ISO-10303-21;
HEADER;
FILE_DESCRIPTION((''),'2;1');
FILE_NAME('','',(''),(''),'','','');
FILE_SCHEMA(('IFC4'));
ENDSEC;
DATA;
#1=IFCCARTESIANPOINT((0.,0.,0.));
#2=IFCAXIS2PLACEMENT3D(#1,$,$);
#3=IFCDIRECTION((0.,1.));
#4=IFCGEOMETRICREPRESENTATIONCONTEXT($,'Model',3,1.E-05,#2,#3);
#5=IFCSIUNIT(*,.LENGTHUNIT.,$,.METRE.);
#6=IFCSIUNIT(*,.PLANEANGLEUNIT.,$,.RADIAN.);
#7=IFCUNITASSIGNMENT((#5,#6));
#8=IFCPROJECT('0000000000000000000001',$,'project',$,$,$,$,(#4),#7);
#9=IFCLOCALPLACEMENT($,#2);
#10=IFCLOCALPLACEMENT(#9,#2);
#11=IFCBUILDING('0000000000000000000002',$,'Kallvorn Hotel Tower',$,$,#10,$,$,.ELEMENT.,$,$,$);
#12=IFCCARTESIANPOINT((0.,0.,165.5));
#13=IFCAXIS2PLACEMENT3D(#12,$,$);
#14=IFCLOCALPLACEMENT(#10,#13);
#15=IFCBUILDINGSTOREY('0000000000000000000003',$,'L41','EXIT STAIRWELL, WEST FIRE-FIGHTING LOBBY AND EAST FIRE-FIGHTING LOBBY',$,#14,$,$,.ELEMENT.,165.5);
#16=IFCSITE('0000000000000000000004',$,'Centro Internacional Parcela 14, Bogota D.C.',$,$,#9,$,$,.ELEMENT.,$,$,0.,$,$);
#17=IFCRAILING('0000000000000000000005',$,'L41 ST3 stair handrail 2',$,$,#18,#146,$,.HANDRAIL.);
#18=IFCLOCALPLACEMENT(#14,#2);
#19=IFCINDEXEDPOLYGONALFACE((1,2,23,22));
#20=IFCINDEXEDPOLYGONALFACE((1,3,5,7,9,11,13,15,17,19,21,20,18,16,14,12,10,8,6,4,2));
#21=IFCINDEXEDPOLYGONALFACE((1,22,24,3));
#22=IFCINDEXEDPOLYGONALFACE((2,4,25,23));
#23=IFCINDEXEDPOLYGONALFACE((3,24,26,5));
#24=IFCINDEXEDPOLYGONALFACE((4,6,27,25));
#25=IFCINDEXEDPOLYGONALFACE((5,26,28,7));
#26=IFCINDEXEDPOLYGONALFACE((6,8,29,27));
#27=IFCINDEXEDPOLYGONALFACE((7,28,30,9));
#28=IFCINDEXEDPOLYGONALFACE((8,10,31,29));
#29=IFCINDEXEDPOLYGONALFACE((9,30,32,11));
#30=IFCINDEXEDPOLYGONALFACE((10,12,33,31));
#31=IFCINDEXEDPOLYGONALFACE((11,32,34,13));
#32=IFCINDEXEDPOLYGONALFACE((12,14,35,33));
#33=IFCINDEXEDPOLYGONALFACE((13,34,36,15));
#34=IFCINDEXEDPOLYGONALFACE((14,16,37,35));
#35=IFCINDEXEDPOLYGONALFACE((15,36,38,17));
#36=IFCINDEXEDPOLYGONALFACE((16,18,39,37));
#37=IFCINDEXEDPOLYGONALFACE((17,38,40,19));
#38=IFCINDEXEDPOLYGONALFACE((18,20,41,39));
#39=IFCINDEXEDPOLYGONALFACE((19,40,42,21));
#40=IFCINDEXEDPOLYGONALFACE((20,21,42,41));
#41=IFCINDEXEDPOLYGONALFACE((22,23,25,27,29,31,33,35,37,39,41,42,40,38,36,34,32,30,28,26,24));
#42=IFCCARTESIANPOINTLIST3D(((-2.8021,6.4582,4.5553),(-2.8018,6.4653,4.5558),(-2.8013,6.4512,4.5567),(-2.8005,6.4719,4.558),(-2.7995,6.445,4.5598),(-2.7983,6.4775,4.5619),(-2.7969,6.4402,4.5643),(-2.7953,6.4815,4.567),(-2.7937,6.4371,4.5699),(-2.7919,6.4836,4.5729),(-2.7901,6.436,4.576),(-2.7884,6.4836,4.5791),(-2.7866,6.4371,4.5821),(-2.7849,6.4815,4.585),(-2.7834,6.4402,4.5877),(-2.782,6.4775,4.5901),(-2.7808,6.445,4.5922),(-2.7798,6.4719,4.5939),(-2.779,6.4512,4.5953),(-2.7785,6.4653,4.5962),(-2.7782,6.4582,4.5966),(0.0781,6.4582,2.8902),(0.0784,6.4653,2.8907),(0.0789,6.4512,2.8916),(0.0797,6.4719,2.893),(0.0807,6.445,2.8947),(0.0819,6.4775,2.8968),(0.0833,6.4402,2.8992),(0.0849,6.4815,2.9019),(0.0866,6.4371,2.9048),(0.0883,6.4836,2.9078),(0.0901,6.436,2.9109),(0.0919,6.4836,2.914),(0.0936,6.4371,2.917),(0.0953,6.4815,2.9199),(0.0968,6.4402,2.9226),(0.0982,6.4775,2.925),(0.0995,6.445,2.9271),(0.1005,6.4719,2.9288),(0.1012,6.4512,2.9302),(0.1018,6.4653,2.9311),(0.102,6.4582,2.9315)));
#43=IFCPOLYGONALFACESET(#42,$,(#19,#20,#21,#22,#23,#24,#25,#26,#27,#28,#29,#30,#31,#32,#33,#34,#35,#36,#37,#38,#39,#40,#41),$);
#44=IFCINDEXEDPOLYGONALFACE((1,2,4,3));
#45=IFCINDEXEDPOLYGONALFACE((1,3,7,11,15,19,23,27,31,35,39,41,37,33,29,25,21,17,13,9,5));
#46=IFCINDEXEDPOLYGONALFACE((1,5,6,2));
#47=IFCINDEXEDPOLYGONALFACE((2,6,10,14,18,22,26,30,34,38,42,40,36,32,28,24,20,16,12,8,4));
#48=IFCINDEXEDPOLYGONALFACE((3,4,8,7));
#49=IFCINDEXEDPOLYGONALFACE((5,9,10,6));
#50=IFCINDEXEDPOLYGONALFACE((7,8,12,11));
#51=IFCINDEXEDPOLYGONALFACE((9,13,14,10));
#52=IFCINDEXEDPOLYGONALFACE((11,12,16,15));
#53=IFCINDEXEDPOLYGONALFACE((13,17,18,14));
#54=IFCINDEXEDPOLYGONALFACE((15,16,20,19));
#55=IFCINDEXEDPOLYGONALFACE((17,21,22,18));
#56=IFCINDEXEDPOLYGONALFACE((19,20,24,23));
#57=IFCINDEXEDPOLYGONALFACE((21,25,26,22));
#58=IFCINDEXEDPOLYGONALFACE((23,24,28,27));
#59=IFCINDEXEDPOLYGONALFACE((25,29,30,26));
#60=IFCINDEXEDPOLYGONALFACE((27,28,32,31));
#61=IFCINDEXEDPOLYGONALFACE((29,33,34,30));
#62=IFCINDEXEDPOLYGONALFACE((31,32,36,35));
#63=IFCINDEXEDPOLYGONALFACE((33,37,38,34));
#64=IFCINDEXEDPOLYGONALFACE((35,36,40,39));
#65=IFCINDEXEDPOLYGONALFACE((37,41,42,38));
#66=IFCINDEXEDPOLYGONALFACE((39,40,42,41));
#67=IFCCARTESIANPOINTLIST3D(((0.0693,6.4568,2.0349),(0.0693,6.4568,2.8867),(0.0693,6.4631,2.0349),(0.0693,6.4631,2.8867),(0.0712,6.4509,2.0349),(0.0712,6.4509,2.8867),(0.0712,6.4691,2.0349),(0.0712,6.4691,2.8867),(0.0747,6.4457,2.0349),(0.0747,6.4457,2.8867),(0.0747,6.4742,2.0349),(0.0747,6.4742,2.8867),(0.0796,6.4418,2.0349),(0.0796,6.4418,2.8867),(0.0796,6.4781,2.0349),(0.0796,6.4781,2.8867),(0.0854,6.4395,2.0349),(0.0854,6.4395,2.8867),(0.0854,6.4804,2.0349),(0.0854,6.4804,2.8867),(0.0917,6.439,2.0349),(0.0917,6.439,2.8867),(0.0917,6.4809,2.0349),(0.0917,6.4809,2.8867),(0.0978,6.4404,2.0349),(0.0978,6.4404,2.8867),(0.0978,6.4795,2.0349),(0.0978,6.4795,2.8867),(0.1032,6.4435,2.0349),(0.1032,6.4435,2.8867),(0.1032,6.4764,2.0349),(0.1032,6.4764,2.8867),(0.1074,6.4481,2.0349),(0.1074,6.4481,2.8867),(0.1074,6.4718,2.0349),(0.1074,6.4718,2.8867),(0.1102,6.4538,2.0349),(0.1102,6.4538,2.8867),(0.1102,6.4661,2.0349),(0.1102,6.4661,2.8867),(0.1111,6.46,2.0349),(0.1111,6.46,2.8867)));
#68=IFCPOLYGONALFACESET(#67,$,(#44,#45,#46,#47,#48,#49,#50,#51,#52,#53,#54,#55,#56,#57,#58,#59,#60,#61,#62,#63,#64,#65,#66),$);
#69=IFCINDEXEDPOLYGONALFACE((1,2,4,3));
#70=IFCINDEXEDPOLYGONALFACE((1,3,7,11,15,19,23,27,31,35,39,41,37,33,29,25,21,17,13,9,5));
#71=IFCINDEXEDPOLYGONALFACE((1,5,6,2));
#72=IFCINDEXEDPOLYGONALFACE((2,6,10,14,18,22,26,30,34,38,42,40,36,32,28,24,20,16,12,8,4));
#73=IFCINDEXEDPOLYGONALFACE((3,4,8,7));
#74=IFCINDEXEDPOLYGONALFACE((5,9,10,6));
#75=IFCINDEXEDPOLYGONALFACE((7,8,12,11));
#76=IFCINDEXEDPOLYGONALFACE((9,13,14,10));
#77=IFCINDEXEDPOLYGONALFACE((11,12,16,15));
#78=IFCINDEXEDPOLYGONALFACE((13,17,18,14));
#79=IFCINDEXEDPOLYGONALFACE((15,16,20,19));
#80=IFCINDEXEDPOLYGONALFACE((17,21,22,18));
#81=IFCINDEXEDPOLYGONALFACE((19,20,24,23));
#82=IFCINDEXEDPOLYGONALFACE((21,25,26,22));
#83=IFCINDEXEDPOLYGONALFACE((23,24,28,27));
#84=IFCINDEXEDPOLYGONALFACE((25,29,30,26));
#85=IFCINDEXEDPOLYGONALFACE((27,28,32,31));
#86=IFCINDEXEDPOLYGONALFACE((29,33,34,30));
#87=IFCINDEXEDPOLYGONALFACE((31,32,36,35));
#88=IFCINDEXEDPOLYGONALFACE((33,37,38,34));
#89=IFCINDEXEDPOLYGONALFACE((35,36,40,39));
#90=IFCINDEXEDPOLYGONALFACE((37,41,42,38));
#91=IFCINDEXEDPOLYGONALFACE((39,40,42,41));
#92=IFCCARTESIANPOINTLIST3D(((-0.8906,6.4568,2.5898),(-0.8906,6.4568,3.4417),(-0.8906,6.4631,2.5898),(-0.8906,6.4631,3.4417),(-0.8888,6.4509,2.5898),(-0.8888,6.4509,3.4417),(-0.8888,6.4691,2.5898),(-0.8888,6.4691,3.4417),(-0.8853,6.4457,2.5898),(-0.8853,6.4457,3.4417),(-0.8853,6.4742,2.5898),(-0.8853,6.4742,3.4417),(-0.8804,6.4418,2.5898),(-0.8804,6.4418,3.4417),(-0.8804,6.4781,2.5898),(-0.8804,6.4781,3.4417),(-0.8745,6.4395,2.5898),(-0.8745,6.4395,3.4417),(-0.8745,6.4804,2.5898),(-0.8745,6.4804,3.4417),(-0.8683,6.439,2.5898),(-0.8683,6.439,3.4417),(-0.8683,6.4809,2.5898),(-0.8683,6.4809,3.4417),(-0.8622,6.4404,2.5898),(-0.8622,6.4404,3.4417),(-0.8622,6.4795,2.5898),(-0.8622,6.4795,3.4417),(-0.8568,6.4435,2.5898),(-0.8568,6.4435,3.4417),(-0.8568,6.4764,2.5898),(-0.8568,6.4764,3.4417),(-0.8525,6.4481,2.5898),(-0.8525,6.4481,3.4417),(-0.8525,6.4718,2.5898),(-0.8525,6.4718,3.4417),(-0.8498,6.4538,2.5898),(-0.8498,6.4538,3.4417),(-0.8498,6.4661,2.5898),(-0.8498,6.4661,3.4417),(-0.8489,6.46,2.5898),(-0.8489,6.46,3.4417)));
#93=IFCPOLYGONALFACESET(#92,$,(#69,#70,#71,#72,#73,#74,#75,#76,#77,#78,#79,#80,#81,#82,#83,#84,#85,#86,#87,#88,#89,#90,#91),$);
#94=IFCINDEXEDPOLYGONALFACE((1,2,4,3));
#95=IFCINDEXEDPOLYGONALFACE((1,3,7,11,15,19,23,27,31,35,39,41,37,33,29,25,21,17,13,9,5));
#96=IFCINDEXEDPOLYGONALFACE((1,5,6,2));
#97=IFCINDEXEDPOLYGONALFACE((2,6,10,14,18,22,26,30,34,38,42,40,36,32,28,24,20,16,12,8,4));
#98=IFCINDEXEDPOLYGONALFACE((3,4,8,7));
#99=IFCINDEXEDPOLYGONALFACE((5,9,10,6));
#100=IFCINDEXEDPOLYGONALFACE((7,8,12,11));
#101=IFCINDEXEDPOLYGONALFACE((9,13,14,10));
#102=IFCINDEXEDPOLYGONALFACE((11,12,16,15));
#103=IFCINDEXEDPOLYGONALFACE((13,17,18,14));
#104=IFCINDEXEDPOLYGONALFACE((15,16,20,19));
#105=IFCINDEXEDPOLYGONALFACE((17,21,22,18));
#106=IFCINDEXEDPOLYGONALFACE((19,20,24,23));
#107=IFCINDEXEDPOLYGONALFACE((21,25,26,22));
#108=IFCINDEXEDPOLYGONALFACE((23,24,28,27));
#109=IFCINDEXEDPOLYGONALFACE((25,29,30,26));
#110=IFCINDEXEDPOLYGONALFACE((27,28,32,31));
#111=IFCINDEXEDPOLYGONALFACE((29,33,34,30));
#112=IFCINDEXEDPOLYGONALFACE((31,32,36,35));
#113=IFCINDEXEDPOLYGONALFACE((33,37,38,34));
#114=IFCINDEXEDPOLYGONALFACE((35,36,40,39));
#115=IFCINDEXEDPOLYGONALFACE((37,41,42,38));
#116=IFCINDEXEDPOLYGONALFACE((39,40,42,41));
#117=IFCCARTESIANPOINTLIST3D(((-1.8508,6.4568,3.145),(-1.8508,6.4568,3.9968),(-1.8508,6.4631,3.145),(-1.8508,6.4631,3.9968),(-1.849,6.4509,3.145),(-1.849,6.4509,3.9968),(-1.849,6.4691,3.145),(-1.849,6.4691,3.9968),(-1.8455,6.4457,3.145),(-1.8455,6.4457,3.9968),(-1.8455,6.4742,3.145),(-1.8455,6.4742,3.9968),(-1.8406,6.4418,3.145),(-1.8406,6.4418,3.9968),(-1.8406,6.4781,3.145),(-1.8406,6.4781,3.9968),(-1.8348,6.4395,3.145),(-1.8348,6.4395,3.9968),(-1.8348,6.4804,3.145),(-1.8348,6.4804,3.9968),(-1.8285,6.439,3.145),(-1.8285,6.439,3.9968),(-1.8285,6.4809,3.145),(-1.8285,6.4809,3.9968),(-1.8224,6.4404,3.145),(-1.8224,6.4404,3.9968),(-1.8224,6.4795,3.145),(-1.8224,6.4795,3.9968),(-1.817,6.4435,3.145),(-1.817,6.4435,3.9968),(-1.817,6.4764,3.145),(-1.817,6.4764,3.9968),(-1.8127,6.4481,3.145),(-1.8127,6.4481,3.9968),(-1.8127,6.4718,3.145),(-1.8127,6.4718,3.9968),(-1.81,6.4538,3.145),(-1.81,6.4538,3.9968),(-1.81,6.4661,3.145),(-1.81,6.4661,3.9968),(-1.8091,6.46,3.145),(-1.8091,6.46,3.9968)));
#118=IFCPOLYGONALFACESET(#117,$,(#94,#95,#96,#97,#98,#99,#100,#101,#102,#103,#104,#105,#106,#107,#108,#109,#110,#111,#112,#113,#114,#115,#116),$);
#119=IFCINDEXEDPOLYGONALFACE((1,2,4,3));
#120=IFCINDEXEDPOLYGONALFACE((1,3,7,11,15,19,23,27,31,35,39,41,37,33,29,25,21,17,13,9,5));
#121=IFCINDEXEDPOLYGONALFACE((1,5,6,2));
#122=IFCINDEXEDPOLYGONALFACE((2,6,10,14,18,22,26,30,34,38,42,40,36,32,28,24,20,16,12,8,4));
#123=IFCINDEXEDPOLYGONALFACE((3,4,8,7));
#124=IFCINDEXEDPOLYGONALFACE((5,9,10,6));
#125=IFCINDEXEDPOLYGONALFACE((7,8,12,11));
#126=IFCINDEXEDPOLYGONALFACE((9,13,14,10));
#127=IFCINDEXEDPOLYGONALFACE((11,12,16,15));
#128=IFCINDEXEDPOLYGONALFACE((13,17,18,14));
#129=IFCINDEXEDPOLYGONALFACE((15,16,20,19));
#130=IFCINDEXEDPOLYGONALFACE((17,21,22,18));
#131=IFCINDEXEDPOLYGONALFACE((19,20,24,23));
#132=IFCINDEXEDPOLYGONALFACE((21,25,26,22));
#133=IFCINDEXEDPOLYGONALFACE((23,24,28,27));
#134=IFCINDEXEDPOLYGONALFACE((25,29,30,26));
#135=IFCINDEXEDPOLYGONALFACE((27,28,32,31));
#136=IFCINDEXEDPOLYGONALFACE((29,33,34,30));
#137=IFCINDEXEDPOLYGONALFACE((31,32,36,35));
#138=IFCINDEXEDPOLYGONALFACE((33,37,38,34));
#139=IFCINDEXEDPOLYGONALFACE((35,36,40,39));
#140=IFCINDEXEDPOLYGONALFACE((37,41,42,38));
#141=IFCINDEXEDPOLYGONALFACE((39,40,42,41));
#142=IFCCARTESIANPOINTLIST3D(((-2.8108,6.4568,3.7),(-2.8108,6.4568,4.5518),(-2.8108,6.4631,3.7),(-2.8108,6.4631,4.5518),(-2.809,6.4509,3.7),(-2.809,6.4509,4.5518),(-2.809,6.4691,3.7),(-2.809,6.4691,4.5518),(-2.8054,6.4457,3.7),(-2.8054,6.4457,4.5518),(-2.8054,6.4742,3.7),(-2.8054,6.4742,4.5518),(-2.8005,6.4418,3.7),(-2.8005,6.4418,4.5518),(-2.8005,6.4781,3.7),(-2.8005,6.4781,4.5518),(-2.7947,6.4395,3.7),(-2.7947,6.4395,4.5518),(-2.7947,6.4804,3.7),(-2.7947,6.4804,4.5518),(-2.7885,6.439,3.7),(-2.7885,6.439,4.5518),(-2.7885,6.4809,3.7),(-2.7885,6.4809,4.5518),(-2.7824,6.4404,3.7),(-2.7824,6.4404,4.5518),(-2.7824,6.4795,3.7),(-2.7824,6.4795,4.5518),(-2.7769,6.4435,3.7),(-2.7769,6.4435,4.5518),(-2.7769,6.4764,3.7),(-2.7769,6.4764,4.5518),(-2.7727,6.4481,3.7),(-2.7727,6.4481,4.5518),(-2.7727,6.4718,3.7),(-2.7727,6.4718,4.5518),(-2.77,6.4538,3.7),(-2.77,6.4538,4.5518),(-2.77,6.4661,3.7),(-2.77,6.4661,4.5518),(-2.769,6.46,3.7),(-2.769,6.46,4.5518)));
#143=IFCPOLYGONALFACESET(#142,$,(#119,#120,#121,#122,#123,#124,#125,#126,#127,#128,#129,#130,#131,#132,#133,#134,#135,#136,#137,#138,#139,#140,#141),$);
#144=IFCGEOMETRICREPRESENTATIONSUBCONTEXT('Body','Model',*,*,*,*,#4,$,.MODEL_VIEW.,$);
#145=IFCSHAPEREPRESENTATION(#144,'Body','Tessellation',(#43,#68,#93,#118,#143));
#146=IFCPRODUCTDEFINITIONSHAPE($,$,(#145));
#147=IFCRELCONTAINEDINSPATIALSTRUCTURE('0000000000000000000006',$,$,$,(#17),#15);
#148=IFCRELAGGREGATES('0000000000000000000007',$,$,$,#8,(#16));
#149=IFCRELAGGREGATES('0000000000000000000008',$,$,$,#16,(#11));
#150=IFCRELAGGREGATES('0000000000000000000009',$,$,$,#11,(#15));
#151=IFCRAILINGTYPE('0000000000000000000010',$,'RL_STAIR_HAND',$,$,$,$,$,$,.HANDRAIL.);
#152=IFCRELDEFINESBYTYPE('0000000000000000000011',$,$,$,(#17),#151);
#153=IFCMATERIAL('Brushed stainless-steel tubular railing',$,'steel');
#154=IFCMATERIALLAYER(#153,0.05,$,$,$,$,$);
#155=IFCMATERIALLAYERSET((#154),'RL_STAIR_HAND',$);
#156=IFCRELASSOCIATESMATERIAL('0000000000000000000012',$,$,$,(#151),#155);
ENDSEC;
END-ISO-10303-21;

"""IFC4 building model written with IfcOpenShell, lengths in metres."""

from ifc_helpers import new_model, si_unit, direction, frame, origin, origin_2d, place, context, subcontext, project, spatial, circle, extrude, material, layer, layer_set, type_object, element, save


model = new_model("IFC4")

# Units and contexts
model_context = context("Model", 3, precision=1e-05, world=origin(), true_north=direction((0.0, 1.0)))
body_context = subcontext(model_context, "Body", "Model", "MODEL_VIEW")
ifc_project = project(units=[si_unit("LENGTHUNIT", "METRE"), si_unit("PLANEANGLEUNIT", "RADIAN")], contexts=[model_context])

# Site, building, storey
site_placement = place(None, origin())
site = spatial("IfcSite", under=ifc_project, at=site_placement, Name="Centro Internacional Parcela 14, Bogota D.C.", CompositionType="ELEMENT", RefElevation=0.0)
building_placement = place(site_placement, origin())
building = spatial("IfcBuilding", under=site, at=building_placement, Name="Kallvorn Hotel Tower", CompositionType="ELEMENT")
storey_placement = place(building_placement, frame((0.0, 0.0, 165.5)))
storey = spatial("IfcBuildingStorey", under=building, at=storey_placement, Name="L41", Description="EXIT STAIRWELL, WEST FIRE-FIGHTING LOBBY AND EAST FIRE-FIGHTING LOBBY", CompositionType="ELEMENT", Elevation=165.5)

# Railing
ifc_material_1 = material(Name="Brushed stainless-steel tubular railing", Category="steel")
ifc_layer_1 = layer(ifc_material_1, 0.05)
ifc_layer_set_1 = layer_set([ifc_layer_1], Name="RL_STAIR_HAND")
railing_type_1 = type_object("IfcRailingType", Name="RL_STAIR_HAND", PredefinedType="HANDRAIL", material=ifc_layer_set_1)
railing_1_placement = place(storey_placement, frame((0.0901, 6.46, 2.0349)))
element("IfcRailing", 1, at=railing_1_placement, inside=storey, type_object=railing_type_1, Name="L41 ST3 stair handrail 2", PredefinedType="HANDRAIL", context=body_context, shape_type="SweptSolid", body=[
    extrude(circle(Radius=0.0239, at=origin_2d()), frame((0.0, 0.0, 0.876), z_axis=(-0.865739, 0.0, 0.500495), x_axis=(0.0, -1.0, 0.0)), (0.0, 0.0, 1.0), 3.3269),
    extrude(circle(Radius=0.021, at=origin_2d()), origin(), (0.0, 0.0, 1.0), 0.8518),
    extrude(circle(Radius=0.021, at=origin_2d()), frame((-0.96, 0.0, 0.5549)), (0.0, 0.0, 1.0), 0.8518),
    extrude(circle(Radius=0.021, at=origin_2d()), frame((-1.9202, 0.0, 1.1101)), (0.0, 0.0, 1.0), 0.8518),
    extrude(circle(Radius=0.021, at=origin_2d()), frame((-2.8801, 0.0, 1.665)), (0.0, 0.0, 1.0), 0.8518),
])

save(model, "model.ifc")
